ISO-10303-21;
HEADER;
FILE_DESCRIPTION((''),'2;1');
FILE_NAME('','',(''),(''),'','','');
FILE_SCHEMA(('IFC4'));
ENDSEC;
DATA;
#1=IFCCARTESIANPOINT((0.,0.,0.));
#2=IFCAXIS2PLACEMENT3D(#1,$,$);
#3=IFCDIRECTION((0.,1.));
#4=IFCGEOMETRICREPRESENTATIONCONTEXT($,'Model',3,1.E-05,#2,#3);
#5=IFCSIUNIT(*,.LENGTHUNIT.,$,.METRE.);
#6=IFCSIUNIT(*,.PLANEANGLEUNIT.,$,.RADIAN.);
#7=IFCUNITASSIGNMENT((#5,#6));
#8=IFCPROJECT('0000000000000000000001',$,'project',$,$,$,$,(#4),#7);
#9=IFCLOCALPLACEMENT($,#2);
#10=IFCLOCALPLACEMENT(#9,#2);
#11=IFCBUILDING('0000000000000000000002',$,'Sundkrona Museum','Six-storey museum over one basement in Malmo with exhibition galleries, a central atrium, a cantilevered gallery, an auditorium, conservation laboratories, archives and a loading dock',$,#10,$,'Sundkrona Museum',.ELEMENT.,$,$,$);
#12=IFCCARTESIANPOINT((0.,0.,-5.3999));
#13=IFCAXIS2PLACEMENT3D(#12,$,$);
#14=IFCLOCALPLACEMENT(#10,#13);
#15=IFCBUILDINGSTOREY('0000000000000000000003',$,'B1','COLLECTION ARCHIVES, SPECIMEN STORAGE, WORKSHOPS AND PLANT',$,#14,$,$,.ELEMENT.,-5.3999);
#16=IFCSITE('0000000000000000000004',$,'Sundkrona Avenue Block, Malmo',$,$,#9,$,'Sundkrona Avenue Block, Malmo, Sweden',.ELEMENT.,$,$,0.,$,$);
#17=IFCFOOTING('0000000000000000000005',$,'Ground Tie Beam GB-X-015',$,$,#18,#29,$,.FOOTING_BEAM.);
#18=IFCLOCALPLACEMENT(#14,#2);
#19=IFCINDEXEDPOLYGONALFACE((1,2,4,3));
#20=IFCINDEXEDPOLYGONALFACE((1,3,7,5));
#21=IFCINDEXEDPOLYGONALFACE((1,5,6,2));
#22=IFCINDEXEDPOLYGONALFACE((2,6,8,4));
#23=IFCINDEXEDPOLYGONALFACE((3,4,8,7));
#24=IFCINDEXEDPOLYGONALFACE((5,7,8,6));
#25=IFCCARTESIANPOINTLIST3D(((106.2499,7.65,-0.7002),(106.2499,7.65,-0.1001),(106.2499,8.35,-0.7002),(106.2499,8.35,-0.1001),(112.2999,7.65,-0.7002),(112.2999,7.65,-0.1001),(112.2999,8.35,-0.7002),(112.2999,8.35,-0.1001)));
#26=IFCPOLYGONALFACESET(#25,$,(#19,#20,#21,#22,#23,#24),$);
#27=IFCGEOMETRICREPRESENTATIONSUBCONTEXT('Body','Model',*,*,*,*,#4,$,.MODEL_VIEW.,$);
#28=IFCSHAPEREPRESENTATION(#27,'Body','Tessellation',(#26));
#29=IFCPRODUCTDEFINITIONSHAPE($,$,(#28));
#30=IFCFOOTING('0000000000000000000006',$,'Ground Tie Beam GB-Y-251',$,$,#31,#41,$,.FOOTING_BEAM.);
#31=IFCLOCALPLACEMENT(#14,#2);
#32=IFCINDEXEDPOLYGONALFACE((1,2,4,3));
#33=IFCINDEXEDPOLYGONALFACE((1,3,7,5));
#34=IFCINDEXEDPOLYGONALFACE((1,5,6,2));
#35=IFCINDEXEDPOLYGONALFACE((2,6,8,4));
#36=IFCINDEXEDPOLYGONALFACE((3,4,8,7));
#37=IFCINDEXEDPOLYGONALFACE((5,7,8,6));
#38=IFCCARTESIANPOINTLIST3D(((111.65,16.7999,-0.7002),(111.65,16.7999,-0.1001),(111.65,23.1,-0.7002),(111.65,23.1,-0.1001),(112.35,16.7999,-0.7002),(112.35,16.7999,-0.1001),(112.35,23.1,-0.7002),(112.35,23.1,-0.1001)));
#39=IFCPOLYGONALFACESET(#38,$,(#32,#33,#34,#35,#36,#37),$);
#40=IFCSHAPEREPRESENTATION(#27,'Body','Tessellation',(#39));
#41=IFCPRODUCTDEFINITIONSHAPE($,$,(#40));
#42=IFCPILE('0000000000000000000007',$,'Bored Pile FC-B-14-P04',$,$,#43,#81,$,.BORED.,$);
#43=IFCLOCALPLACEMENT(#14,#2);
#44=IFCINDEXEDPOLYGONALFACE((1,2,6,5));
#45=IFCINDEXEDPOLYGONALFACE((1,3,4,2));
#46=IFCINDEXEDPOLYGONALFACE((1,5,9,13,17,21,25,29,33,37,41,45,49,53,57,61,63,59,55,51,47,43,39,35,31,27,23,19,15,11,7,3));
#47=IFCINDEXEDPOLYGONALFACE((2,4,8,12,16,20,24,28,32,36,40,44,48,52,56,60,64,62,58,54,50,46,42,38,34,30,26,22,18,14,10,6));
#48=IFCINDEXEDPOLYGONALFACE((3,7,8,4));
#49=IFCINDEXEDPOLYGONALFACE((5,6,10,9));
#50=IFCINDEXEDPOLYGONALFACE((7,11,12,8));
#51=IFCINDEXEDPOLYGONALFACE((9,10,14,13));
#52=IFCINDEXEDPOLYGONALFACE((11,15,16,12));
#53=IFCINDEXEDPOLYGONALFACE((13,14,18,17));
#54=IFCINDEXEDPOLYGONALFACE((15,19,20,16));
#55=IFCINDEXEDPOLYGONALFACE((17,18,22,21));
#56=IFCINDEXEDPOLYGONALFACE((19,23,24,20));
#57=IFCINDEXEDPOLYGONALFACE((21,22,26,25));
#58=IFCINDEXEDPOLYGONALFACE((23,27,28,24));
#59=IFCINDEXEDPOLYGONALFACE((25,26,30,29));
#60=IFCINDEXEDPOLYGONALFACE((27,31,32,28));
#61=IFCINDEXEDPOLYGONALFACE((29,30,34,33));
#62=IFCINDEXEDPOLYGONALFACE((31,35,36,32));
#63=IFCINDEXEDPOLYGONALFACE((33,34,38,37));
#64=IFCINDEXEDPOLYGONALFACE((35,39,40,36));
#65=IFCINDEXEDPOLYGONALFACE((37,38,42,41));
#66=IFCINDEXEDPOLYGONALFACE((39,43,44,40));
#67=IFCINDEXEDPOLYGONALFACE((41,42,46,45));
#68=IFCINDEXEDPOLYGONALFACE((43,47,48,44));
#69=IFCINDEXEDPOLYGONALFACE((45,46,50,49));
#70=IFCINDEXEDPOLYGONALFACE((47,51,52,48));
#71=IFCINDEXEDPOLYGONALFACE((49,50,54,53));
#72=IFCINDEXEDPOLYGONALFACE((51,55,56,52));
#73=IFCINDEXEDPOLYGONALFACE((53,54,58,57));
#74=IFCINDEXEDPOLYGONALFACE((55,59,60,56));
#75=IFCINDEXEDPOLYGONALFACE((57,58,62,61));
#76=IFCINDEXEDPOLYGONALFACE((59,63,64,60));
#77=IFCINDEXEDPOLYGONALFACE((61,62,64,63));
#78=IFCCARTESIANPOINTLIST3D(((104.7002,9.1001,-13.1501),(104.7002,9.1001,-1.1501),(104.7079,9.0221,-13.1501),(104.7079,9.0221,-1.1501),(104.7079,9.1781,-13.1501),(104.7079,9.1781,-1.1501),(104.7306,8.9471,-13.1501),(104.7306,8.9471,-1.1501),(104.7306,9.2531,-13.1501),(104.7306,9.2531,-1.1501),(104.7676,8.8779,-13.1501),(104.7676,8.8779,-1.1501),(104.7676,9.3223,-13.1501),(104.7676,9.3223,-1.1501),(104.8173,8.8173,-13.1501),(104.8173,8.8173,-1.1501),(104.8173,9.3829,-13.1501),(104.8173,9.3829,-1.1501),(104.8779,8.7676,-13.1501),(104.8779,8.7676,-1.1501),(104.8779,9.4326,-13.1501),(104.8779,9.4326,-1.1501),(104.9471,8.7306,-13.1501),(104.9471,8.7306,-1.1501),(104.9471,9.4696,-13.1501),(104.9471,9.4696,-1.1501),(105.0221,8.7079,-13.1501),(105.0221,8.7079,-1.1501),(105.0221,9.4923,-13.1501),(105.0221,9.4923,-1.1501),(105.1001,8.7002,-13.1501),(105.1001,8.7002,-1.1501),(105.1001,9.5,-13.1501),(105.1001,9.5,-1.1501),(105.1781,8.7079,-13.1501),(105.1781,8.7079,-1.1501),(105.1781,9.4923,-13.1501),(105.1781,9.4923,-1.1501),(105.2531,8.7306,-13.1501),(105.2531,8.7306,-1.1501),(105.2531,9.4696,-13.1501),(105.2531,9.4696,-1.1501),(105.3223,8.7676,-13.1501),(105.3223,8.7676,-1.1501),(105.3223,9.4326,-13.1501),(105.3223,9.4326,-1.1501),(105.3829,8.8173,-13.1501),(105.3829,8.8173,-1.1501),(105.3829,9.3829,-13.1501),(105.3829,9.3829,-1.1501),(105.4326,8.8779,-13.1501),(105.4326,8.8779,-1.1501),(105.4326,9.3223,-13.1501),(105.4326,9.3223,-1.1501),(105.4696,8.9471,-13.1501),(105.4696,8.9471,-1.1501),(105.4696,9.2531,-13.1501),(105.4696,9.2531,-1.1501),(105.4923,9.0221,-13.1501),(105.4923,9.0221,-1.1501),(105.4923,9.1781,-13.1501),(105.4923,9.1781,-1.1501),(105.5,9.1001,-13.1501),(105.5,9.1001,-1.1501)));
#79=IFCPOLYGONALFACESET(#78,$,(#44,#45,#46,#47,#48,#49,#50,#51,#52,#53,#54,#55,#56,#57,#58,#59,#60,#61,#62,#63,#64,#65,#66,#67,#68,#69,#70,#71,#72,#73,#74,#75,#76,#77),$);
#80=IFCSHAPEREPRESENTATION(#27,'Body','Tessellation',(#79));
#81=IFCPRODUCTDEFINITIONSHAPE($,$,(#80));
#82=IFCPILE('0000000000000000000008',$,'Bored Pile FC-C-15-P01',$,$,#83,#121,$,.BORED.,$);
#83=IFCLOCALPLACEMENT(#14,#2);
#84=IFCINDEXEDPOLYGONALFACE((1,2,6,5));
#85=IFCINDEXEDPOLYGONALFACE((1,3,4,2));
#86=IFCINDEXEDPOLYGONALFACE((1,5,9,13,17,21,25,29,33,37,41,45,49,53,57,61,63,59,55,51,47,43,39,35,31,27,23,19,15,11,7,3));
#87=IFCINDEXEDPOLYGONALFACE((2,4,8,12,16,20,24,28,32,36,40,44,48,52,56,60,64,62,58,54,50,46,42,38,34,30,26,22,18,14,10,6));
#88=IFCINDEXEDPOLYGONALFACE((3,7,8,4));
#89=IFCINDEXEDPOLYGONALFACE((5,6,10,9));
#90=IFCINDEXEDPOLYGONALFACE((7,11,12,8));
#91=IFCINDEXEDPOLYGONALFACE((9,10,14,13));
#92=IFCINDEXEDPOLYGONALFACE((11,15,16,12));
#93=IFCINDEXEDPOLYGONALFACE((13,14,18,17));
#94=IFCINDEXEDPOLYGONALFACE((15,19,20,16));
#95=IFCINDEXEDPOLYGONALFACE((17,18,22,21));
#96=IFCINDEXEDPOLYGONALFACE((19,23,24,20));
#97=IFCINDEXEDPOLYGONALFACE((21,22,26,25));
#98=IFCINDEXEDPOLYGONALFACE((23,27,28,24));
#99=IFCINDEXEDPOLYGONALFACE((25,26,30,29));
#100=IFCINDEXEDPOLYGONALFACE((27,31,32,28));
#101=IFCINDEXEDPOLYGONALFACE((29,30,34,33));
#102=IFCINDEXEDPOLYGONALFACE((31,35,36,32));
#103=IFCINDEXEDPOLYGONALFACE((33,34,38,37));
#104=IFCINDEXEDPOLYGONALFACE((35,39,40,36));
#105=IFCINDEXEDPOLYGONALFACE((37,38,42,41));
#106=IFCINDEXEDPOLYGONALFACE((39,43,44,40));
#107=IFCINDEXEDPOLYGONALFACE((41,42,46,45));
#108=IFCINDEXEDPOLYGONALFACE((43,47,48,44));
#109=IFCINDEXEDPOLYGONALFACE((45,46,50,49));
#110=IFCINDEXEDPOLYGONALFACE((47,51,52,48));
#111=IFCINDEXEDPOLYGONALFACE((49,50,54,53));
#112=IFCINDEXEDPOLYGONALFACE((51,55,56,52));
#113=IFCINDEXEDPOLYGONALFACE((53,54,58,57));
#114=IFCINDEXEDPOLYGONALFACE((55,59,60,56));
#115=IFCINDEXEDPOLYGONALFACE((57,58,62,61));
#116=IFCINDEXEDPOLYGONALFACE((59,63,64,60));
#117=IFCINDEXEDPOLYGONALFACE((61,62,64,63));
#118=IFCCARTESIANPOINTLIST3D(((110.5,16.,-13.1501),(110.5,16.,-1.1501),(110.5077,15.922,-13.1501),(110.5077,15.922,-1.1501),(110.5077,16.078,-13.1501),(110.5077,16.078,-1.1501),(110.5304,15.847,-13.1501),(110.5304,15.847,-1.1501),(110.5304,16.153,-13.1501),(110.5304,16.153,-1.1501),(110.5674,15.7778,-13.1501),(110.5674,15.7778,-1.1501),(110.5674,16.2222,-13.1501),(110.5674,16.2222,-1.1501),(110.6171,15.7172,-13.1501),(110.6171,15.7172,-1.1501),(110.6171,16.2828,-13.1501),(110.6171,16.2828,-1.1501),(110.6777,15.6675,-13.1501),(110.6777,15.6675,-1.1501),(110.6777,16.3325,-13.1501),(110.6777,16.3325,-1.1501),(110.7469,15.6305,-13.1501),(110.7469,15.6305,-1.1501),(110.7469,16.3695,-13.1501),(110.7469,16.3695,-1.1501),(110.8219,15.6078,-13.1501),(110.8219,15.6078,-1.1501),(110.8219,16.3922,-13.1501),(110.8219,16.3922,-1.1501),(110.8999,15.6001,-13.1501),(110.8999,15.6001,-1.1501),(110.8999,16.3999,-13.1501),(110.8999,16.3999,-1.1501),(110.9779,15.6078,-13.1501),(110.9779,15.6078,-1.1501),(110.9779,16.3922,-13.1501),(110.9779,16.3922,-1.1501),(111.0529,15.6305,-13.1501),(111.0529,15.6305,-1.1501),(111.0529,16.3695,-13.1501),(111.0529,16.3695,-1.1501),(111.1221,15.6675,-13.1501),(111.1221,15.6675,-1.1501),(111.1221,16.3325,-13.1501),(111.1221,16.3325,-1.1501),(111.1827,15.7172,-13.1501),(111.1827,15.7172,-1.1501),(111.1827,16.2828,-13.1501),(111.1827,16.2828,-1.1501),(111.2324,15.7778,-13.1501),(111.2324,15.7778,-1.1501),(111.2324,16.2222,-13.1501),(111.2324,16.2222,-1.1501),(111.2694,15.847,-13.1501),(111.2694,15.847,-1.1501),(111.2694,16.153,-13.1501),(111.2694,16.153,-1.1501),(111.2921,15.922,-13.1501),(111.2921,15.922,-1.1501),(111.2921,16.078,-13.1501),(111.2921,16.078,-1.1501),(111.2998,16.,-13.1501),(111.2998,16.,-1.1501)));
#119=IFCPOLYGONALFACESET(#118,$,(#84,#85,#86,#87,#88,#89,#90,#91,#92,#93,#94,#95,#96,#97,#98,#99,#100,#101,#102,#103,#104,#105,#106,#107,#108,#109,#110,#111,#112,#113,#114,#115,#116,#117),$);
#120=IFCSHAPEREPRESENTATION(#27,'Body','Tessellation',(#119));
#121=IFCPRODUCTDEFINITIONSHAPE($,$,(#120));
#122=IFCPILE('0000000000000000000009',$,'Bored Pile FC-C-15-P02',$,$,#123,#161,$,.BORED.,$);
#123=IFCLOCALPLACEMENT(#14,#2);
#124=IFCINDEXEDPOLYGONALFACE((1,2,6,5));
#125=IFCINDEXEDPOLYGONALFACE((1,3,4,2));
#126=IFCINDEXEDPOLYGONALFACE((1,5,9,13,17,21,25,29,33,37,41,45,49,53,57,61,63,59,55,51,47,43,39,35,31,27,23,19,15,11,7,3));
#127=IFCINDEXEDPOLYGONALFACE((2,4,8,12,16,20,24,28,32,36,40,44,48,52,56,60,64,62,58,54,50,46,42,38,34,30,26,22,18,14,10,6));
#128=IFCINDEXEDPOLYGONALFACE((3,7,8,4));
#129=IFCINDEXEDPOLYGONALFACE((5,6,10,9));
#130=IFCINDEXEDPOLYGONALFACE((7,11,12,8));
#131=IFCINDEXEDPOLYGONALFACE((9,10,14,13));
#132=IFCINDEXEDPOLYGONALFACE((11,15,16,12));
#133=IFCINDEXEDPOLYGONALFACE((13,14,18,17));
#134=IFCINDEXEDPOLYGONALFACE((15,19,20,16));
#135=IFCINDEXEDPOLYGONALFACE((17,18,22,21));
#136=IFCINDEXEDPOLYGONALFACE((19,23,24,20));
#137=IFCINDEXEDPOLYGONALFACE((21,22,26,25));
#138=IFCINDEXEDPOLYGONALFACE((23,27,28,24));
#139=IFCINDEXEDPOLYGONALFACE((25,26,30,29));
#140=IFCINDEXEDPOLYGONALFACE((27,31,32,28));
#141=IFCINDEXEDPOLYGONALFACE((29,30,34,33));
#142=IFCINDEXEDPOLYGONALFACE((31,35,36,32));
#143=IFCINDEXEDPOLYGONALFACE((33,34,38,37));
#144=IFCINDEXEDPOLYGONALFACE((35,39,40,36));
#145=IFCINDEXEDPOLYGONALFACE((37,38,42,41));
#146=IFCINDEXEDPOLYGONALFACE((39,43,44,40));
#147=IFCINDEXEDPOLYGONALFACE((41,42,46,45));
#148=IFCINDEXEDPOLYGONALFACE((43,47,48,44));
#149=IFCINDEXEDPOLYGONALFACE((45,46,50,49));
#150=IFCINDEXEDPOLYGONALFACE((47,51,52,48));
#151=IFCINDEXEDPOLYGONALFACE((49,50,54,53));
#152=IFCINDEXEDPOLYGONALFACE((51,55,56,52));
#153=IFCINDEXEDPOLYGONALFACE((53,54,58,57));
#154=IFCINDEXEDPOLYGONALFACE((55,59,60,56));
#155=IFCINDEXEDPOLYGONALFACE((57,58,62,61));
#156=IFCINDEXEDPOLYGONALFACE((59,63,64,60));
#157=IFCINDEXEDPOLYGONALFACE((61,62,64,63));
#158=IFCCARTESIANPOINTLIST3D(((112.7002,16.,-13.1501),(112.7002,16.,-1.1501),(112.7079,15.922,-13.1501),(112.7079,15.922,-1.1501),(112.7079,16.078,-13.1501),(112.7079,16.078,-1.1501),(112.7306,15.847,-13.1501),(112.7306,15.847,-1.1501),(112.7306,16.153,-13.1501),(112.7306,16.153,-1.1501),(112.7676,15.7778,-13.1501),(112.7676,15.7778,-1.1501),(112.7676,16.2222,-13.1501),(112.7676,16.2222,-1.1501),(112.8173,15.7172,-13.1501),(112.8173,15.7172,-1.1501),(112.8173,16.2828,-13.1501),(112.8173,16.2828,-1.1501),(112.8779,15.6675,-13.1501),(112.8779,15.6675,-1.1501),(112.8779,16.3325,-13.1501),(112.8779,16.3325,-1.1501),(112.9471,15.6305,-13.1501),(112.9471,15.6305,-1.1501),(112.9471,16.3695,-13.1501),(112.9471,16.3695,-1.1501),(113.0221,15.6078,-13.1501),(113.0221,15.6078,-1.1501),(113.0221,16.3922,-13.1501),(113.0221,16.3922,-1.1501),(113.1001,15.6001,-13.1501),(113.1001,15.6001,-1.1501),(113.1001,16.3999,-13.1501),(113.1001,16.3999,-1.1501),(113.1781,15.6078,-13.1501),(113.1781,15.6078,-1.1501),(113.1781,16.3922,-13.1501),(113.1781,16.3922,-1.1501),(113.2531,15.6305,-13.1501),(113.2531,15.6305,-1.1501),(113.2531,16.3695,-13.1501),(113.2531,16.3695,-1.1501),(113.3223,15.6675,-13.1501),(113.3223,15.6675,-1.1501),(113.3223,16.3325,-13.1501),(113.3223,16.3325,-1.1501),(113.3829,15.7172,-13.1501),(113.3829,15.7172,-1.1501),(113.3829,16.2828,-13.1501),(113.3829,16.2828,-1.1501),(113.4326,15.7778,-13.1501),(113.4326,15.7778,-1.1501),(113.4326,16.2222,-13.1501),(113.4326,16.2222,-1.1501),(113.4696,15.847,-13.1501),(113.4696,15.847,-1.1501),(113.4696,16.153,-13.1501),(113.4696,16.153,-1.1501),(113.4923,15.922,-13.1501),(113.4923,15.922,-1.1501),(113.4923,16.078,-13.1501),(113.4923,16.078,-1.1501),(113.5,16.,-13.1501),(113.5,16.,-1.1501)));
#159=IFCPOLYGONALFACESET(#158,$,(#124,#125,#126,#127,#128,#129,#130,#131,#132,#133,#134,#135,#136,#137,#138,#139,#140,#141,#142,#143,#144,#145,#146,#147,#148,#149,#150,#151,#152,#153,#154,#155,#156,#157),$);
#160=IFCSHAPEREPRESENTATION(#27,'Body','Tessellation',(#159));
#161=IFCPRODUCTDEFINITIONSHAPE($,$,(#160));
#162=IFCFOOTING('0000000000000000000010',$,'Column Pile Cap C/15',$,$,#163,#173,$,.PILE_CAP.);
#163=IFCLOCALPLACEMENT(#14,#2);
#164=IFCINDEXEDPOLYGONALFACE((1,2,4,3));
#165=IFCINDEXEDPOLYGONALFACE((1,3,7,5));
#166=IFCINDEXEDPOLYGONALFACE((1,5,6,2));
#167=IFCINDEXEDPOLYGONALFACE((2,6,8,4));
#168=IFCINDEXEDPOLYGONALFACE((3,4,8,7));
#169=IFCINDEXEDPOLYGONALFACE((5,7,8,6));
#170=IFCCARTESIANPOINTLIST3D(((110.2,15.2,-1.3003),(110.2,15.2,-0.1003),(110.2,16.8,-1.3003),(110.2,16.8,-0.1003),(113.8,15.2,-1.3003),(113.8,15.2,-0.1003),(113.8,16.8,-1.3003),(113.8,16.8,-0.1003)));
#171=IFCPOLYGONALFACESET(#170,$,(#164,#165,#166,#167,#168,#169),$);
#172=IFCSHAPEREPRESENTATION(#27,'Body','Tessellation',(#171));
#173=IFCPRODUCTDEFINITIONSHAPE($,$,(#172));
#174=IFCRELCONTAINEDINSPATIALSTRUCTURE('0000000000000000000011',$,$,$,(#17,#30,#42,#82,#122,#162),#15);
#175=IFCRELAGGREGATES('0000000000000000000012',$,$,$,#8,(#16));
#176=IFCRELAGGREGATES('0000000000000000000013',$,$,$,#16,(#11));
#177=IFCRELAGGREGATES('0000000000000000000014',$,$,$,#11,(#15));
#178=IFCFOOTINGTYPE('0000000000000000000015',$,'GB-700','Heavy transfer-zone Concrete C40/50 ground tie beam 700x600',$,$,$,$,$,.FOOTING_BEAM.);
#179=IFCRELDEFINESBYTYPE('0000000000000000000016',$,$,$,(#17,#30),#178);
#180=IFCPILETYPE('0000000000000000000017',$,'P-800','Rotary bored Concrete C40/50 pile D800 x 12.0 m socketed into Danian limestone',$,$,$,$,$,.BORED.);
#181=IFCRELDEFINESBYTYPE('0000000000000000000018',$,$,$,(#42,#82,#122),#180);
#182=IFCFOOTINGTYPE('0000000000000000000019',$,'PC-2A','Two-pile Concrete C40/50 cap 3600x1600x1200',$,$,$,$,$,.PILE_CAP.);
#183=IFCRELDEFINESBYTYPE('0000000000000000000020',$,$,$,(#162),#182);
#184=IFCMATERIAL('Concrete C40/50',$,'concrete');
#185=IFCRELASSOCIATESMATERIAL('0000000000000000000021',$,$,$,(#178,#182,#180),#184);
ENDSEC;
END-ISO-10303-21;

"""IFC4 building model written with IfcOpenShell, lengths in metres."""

from ifc_helpers import new_model, si_unit, direction, frame, origin, origin_2d, place, context, subcontext, project, spatial, rectangle, circle, extrude, material, material_profile, profile_set, type_object, element, save


model = new_model("IFC4")

# Units and contexts
model_context = context("Model", 3, precision=1e-05, world=origin(), true_north=direction((0.0, 1.0)))
body_context = subcontext(model_context, "Body", "Model", "MODEL_VIEW")
ifc_project = project(units=[si_unit("LENGTHUNIT", "METRE"), si_unit("PLANEANGLEUNIT", "RADIAN")], contexts=[model_context])

# Site, building, storey
site_placement = place(None, origin())
site = spatial("IfcSite", under=ifc_project, at=site_placement, Name="Sundkrona Avenue Block, Malmo", LongName="Sundkrona Avenue Block, Malmo, Sweden", CompositionType="ELEMENT", RefElevation=0.0)
building_placement = place(site_placement, origin())
building = spatial("IfcBuilding", under=site, at=building_placement, Name="Sundkrona Museum", Description="Six-storey museum over one basement in Malmo with exhibition galleries, a central atrium, a cantilevered gallery, an auditorium, conservation laboratories, archives and a loading dock", LongName="Sundkrona Museum", CompositionType="ELEMENT")
storey_placement = place(building_placement, frame((0.0, 0.0, -5.3999)))
storey = spatial("IfcBuildingStorey", under=building, at=storey_placement, Name="B1", Description="COLLECTION ARCHIVES, SPECIMEN STORAGE, WORKSHOPS AND PLANT", CompositionType="ELEMENT", Elevation=-5.3999)

# Footings
ifc_material_1 = material(Name="Concrete C40/50", Category="concrete")
footing_type_1 = type_object("IfcFootingType", Name="GB-700", Description="Heavy transfer-zone Concrete C40/50 ground tie beam 700x600", PredefinedType="FOOTING_BEAM", material=ifc_material_1)
footing_1_placement = place(storey_placement, frame((109.2749, 8.0, -0.7002), z_axis=(0.0, 0.0, 1.0), x_axis=(1.0, 0.0, 0.0)))
element("IfcFooting", 1, at=footing_1_placement, inside=storey, type_object=footing_type_1, Name="Ground Tie Beam GB-X-015", PredefinedType="FOOTING_BEAM", context=body_context, shape_type="SweptSolid", body=[
    extrude(rectangle(XDim=6.05, YDim=0.7, at=origin_2d()), origin(), (0.0, 0.0, 1.0), 0.6001),
])
footing_2_placement = place(storey_placement, frame((112.0, 19.95, -0.7002), z_axis=(0.0, 0.0, 1.0), x_axis=(0.0, 1.0, 0.0)))
element("IfcFooting", 2, at=footing_2_placement, inside=storey, type_object=footing_type_1, Name="Ground Tie Beam GB-Y-251", PredefinedType="FOOTING_BEAM", context=body_context, shape_type="SweptSolid", body=[
    extrude(rectangle(XDim=6.3, YDim=0.7, at=origin_2d()), origin(), (0.0, 0.0, 1.0), 0.6001),
])

# Piles
ifc_material_profile_1 = material_profile(ifc_material_1, circle(Radius=0.3999, at=origin_2d()), Name="PILE D800")
ifc_profile_set_1 = profile_set([ifc_material_profile_1], Name="Concrete C40/50")
pile_type = type_object("IfcPileType", Name="P-800", Description="Rotary bored Concrete C40/50 pile D800 x 12.0 m socketed into Danian limestone", PredefinedType="BORED", material=ifc_profile_set_1)
for number, where, z_axis, x_axis, name in (
    (3, (105.1001, 9.1001, -1.1501), (0.0, 0.0, -1.0), (1.0, 0.0, 0.0), "Bored Pile FC-B-14-P04"),
    (4, (110.8999, 16.0, -1.1501), (0.0, 0.0, -1.0), (1.0, 0.0, 0.0), "Bored Pile FC-C-15-P01"),
    (5, (113.1001, 16.0, -1.1501), (0.0, 0.0, -1.0), (1.0, 0.0, 0.0), "Bored Pile FC-C-15-P02"),
):
    element("IfcPile", number, at=place(storey_placement, frame(where, z_axis=z_axis, x_axis=x_axis)), inside=storey, type_object=pile_type, Name=name, PredefinedType="BORED", context=body_context, shape_type="SweptSolid", body=[
        extrude(circle(Radius=0.3999, at=origin_2d()), origin(), (0.0, 0.0, 1.0), 12.0),
    ])

# Footing
footing_type_2 = type_object("IfcFootingType", Name="PC-2A", Description="Two-pile Concrete C40/50 cap 3600x1600x1200", PredefinedType="PILE_CAP", material=ifc_material_1)
footing_3_placement = place(storey_placement, frame((112.0, 16.0, -1.3003), z_axis=(0.0, 0.0, 1.0), x_axis=(1.0, 0.0, 0.0)))
element("IfcFooting", 6, at=footing_3_placement, inside=storey, type_object=footing_type_2, Name="Column Pile Cap C/15", PredefinedType="PILE_CAP", context=body_context, shape_type="SweptSolid", body=[
    extrude(rectangle(XDim=3.6001, YDim=1.6001, at=origin_2d()), origin(), (0.0, 0.0, 1.0), 1.2),
])

save(model, "model.ifc")
